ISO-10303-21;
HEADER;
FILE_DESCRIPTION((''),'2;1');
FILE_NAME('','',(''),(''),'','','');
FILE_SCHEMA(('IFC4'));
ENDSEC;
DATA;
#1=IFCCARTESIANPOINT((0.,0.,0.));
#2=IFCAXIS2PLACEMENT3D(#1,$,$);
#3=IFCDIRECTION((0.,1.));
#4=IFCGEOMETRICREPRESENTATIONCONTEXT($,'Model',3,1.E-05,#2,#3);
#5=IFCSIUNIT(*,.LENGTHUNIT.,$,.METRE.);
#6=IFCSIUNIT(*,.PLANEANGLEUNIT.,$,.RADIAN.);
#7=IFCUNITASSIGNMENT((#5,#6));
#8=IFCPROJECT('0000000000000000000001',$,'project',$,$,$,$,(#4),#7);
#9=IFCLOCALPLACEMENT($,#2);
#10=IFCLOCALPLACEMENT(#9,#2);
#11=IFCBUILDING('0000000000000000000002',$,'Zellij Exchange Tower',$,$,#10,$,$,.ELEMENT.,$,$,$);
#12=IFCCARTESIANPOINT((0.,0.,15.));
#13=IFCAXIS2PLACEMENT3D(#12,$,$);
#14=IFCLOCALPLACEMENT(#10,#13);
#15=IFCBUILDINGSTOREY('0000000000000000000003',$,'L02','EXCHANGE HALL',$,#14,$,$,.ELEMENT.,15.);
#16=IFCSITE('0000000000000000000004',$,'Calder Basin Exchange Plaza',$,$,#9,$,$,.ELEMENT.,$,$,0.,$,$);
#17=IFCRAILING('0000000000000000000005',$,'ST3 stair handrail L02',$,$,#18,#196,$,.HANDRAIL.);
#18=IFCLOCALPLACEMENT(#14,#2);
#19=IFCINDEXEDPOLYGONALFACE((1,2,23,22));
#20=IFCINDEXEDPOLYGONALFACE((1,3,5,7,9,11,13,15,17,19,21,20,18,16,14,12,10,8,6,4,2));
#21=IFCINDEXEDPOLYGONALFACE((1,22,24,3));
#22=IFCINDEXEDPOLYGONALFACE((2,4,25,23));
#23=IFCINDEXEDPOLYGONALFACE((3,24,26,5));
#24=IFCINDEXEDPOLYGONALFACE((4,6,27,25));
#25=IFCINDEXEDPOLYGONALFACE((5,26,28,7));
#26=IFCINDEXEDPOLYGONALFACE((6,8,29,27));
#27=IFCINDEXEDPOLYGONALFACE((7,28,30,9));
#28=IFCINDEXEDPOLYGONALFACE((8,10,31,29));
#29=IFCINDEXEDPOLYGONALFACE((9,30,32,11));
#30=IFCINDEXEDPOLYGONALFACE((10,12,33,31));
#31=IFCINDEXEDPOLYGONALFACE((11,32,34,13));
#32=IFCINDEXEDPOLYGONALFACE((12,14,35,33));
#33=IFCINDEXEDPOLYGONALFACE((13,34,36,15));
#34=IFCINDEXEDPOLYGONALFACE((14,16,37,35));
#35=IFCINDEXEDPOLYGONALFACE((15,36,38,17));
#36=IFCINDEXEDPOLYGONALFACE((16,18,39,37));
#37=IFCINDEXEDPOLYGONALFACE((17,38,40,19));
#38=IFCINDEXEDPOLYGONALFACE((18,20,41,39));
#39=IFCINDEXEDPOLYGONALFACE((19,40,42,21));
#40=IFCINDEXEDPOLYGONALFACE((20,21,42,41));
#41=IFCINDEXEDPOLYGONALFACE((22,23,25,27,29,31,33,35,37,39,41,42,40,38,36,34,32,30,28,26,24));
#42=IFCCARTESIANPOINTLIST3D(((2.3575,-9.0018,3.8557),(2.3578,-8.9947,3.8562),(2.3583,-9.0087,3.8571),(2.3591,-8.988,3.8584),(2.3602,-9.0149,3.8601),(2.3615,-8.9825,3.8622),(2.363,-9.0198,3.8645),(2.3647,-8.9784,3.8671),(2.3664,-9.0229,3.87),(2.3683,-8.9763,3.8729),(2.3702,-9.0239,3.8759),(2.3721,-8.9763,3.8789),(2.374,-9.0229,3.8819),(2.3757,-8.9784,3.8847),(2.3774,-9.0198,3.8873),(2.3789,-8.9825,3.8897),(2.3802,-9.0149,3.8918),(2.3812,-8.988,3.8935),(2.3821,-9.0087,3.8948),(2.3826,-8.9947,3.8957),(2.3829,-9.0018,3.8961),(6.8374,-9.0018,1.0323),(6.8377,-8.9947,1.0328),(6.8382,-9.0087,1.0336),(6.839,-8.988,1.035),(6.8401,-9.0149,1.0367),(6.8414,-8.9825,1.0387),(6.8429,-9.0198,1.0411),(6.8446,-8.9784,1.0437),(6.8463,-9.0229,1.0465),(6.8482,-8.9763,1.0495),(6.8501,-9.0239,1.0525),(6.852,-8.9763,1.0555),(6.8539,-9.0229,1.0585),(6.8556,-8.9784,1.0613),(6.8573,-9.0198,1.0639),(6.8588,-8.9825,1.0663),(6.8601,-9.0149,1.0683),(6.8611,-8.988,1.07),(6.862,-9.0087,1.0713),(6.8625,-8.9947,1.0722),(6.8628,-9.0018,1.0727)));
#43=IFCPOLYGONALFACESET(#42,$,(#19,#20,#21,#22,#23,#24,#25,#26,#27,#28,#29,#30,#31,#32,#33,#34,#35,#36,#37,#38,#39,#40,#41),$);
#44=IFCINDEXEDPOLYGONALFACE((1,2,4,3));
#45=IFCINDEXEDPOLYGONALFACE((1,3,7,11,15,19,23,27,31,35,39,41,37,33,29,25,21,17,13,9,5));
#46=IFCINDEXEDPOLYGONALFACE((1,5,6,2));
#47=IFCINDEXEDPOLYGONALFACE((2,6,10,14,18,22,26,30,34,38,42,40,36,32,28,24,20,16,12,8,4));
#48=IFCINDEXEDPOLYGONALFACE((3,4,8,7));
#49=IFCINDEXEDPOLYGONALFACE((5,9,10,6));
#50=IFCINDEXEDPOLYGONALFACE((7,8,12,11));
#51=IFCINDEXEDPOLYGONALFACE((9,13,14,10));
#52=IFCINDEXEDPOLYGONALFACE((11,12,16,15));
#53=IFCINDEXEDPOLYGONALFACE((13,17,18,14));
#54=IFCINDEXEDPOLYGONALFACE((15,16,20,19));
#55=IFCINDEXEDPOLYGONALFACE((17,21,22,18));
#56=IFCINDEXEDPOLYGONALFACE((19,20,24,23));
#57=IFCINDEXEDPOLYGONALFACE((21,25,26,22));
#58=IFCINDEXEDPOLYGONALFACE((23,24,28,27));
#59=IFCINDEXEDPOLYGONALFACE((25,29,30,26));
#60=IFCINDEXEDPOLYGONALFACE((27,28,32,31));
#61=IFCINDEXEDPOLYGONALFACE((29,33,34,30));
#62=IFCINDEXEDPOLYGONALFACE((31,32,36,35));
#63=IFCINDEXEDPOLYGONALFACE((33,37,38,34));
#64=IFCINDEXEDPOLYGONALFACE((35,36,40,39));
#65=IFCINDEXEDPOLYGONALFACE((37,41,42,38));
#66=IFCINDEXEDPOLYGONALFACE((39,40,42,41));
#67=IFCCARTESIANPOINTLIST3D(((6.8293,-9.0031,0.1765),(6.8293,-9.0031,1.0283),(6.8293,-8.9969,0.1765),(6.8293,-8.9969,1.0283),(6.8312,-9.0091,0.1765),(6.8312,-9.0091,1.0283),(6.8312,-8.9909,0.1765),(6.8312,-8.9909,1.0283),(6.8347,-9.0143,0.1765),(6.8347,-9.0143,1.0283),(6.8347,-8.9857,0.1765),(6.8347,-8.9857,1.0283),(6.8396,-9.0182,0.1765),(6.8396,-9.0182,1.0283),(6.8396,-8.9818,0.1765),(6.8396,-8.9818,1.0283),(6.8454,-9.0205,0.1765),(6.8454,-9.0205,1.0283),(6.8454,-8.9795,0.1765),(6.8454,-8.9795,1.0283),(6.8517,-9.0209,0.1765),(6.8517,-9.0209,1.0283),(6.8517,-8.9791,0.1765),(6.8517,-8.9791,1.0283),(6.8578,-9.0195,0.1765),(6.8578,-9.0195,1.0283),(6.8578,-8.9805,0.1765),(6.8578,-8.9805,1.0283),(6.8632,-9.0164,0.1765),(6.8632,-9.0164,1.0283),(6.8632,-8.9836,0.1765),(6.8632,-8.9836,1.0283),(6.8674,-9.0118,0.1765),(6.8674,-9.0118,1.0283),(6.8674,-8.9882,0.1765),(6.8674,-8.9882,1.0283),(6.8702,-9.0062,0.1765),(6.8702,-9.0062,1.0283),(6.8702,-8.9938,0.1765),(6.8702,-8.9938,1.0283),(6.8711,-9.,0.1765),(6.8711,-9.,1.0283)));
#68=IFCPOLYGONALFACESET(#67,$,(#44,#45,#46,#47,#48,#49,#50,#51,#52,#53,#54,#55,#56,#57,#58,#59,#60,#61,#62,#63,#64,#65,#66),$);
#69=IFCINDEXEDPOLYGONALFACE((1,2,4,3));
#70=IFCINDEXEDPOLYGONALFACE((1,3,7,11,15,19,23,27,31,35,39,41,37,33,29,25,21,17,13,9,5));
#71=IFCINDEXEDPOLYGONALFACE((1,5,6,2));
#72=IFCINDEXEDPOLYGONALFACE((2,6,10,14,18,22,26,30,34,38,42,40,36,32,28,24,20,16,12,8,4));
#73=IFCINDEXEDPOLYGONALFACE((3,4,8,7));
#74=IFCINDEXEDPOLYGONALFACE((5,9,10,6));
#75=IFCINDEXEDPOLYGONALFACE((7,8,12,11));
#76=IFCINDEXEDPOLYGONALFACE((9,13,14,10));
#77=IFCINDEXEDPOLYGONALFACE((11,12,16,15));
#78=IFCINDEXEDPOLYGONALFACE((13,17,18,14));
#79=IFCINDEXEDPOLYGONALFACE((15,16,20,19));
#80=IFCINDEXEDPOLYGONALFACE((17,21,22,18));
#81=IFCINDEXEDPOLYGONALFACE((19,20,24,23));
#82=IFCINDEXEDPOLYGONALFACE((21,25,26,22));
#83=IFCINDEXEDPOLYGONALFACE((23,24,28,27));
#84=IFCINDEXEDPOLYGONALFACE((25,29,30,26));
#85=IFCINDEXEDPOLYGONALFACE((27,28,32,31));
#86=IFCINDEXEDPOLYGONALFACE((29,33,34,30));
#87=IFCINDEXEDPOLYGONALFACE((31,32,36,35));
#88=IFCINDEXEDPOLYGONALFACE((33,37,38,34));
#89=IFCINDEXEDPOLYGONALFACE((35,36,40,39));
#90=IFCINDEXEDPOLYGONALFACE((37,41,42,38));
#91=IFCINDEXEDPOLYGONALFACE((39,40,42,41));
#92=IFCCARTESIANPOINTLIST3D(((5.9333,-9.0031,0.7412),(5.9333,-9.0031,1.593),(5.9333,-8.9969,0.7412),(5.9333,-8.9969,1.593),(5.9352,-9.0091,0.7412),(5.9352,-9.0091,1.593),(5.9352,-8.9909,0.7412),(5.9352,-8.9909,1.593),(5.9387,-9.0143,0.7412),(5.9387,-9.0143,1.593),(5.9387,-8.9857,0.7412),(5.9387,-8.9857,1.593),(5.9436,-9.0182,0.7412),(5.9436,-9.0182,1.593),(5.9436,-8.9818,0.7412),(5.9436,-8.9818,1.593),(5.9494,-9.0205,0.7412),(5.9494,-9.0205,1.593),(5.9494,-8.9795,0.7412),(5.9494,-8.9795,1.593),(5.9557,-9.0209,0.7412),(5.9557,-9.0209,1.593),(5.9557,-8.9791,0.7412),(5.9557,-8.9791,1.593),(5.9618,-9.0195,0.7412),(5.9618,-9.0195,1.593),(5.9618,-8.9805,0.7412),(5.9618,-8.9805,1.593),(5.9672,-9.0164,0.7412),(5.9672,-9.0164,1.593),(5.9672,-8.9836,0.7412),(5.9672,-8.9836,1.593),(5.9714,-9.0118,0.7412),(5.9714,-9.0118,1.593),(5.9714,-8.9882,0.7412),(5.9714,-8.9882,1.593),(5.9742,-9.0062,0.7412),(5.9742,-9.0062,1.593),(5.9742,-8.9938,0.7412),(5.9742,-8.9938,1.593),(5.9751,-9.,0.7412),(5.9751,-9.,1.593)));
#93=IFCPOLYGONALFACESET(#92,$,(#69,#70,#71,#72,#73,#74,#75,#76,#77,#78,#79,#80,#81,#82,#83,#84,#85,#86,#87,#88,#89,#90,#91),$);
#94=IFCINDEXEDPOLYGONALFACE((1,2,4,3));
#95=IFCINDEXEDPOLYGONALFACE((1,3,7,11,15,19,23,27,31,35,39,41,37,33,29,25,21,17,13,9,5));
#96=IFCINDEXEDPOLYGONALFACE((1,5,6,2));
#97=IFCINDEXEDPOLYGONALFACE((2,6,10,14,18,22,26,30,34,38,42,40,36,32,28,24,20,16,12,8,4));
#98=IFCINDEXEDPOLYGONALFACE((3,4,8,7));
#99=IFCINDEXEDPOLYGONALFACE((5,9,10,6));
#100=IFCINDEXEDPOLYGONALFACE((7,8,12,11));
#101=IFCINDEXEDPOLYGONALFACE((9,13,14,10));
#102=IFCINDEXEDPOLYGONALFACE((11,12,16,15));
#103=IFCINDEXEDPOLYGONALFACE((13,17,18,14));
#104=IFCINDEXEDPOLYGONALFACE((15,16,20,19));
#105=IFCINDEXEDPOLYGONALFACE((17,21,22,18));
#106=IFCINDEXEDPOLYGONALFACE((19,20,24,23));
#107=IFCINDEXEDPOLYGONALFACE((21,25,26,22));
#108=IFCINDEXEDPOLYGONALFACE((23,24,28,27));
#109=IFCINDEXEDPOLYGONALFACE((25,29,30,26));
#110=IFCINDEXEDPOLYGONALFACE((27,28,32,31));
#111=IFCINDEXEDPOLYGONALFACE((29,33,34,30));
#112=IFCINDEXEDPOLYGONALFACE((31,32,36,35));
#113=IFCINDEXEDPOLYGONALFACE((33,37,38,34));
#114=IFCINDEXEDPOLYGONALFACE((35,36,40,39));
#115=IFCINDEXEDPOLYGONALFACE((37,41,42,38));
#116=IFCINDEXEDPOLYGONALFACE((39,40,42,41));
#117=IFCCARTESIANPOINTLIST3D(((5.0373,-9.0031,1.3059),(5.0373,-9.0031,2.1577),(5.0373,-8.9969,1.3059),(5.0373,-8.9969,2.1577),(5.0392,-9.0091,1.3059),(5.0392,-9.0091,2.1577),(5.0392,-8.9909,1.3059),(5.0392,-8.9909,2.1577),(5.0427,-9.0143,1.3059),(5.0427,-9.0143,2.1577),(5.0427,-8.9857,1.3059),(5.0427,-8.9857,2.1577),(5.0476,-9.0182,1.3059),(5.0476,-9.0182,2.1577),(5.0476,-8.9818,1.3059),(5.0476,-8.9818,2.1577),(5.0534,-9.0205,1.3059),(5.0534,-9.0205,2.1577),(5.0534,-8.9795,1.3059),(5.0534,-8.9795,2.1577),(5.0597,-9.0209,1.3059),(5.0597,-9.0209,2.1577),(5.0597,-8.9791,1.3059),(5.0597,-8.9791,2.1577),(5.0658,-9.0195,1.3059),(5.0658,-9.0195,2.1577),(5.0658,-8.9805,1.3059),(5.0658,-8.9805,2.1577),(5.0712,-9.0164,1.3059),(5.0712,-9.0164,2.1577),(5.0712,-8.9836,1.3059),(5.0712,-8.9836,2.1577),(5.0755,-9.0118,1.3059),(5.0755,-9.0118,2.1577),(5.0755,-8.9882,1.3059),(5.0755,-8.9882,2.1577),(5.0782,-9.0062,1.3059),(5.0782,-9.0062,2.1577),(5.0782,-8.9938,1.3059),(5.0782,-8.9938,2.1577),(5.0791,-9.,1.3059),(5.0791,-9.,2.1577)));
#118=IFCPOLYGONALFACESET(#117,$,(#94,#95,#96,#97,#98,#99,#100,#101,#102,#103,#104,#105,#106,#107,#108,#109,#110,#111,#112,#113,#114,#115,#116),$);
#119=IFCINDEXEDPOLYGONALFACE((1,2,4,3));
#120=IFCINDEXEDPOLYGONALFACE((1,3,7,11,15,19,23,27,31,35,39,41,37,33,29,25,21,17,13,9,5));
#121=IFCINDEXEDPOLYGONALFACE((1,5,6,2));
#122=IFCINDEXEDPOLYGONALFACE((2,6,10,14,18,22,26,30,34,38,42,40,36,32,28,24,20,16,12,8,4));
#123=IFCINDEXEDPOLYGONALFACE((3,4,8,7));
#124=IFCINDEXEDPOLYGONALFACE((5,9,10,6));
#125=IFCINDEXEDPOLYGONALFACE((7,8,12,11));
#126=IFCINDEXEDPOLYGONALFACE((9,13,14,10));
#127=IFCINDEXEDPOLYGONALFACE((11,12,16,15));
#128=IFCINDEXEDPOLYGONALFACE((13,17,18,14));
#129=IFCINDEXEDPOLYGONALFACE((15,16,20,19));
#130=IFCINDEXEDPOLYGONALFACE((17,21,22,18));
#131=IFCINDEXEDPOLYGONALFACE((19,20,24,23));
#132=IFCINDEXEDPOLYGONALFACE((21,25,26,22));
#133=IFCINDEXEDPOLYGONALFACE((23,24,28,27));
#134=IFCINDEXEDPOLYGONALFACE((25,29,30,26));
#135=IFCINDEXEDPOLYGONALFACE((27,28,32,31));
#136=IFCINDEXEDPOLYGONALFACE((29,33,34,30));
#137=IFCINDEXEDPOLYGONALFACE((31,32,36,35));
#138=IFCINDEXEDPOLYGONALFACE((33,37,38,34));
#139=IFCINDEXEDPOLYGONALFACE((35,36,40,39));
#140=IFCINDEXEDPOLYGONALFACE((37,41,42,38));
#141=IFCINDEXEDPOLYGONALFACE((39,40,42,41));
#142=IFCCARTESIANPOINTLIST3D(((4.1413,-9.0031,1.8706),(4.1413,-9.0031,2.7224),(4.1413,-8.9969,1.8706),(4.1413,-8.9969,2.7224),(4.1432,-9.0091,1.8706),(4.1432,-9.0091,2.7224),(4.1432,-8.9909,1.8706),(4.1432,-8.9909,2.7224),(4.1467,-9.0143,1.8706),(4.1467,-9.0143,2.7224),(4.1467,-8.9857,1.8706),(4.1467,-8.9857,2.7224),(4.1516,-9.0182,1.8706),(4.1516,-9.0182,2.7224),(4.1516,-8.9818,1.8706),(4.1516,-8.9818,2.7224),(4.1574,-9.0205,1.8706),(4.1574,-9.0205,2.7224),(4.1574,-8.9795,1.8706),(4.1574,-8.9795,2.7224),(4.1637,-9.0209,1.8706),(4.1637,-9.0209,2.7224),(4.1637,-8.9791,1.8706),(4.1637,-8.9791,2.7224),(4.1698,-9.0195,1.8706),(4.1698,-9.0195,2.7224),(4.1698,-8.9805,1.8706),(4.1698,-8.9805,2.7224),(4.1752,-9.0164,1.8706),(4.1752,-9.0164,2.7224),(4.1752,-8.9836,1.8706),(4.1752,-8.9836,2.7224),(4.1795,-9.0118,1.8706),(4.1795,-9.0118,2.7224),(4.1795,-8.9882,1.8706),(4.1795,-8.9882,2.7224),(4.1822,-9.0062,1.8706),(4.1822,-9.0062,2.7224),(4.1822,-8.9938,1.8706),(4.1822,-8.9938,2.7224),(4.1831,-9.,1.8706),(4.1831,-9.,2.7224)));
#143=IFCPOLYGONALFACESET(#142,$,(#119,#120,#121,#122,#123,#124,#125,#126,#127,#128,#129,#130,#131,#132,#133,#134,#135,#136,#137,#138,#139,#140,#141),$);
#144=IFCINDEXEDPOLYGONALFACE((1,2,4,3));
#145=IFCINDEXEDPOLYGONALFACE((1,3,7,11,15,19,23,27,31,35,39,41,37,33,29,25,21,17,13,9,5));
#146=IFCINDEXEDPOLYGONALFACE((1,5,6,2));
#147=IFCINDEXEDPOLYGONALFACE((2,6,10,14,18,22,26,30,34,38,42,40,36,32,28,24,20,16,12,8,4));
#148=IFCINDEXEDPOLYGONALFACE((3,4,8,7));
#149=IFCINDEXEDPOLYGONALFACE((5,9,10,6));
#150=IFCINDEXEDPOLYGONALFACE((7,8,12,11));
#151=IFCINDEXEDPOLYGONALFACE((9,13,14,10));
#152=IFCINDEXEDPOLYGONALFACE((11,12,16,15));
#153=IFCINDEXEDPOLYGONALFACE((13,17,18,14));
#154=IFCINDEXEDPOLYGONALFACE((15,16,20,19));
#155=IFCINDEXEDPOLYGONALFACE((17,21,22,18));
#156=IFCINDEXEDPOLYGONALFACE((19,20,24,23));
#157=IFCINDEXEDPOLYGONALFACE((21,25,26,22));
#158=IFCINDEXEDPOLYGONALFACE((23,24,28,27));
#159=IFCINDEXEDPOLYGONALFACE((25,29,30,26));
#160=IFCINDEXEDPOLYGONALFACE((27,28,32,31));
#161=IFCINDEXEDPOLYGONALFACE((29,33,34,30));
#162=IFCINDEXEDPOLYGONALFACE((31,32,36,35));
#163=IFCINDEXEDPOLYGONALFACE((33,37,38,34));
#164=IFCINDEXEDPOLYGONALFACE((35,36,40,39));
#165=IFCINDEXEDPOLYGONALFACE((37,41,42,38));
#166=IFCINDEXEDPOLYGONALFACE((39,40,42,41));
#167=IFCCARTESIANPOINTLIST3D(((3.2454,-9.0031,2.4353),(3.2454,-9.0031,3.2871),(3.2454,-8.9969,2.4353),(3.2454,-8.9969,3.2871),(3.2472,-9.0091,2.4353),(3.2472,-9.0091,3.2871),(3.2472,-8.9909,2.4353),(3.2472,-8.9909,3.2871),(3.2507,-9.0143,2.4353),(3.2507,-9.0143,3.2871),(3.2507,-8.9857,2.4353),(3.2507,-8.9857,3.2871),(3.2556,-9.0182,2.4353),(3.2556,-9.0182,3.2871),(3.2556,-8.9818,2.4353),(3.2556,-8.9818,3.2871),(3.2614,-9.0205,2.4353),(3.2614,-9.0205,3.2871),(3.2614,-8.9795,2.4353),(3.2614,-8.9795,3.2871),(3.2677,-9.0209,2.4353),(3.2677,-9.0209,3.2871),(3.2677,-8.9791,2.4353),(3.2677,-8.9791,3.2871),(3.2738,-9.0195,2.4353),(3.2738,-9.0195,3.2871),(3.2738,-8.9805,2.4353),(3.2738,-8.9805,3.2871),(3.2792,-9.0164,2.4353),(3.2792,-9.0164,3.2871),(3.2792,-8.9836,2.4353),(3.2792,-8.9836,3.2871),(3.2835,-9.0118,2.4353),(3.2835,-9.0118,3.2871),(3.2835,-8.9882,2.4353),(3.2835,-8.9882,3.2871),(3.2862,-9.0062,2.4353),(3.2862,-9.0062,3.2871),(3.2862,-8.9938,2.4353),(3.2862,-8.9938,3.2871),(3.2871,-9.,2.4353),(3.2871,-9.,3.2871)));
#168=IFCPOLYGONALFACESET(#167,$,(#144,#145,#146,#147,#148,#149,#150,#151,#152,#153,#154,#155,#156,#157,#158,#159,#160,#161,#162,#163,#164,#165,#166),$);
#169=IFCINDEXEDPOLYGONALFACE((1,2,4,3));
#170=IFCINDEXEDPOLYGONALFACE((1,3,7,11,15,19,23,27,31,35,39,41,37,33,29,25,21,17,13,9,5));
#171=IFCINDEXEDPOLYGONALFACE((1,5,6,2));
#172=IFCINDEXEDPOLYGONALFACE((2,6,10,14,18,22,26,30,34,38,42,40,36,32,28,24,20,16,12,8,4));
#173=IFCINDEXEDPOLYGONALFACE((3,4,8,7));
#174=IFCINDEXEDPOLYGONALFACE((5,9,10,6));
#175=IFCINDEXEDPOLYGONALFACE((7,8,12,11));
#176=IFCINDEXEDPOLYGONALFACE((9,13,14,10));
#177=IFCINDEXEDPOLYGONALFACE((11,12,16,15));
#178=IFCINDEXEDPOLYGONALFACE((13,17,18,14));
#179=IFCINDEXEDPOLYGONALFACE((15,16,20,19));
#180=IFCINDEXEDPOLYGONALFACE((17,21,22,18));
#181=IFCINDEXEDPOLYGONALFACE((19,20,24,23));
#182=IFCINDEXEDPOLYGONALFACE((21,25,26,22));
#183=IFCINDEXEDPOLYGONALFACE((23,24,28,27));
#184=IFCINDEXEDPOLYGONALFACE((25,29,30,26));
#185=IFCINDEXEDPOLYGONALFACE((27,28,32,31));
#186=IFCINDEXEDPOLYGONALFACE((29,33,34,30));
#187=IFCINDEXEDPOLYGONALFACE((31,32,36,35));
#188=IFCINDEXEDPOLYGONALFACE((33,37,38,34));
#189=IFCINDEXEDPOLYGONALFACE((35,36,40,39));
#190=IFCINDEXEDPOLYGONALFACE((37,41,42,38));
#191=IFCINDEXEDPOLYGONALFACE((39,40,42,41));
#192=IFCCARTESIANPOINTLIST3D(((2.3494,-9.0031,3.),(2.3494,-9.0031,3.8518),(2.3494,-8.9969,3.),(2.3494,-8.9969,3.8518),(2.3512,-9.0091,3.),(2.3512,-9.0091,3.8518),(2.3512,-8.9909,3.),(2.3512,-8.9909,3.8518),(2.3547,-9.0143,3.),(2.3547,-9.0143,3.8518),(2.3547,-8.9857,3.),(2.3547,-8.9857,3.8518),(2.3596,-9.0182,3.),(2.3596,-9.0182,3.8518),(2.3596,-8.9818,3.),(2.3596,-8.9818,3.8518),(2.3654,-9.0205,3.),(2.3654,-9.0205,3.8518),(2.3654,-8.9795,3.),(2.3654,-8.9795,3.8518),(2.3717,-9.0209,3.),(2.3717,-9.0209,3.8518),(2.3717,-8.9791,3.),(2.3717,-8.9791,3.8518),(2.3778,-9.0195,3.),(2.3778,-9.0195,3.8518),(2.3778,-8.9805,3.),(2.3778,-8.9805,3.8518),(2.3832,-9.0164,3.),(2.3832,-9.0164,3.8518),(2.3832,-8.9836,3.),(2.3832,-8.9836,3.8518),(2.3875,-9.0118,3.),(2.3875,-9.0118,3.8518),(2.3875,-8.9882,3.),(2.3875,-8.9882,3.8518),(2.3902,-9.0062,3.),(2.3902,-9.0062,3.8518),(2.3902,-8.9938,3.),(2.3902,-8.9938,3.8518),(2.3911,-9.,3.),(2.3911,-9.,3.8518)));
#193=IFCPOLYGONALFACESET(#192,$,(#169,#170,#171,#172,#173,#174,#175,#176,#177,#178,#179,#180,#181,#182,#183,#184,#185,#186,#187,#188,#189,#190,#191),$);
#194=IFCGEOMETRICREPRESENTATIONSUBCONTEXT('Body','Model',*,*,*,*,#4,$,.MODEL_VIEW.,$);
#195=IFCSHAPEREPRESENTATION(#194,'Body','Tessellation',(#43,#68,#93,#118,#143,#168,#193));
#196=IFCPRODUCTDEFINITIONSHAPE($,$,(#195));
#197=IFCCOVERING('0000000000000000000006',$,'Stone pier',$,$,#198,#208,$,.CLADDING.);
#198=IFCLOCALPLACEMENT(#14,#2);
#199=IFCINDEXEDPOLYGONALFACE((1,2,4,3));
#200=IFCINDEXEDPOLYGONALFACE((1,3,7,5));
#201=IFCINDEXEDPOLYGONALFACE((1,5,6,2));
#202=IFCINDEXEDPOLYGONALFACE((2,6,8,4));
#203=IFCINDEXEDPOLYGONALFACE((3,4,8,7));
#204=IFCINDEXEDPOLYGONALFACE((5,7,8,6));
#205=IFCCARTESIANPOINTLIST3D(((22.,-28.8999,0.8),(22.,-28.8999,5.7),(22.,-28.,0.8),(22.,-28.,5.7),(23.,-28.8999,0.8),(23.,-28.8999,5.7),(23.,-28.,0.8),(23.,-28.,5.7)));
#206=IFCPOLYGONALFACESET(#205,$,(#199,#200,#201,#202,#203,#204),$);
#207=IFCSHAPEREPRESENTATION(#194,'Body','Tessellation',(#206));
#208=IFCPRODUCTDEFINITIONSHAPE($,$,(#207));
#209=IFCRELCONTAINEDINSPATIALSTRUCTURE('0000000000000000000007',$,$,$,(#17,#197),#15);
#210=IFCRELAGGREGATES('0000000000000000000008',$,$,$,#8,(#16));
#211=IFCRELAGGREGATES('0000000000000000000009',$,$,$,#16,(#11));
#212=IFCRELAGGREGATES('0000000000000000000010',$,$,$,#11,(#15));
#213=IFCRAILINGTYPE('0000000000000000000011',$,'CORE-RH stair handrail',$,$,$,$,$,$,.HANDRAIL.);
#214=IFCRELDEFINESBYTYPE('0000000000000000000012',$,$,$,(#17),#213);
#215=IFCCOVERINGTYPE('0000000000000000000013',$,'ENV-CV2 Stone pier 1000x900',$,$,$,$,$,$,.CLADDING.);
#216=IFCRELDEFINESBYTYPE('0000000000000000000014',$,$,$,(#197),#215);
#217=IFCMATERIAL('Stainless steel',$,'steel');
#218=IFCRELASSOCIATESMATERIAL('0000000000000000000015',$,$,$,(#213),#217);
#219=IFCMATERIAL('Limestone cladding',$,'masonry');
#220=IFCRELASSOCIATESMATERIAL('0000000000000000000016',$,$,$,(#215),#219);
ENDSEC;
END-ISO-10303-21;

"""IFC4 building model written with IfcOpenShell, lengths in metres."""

from ifc_helpers import new_model, si_unit, direction, frame, origin, origin_2d, place, context, subcontext, project, spatial, polyline, circle, outline, extrude, material, type_object, element, save


model = new_model("IFC4")

# Units and contexts
model_context = context("Model", 3, precision=1e-05, world=origin(), true_north=direction((0.0, 1.0)))
body_context = subcontext(model_context, "Body", "Model", "MODEL_VIEW")
ifc_project = project(units=[si_unit("LENGTHUNIT", "METRE"), si_unit("PLANEANGLEUNIT", "RADIAN")], contexts=[model_context])

# Site, building, storey
site_placement = place(None, origin())
site = spatial("IfcSite", under=ifc_project, at=site_placement, Name="Calder Basin Exchange Plaza", CompositionType="ELEMENT", RefElevation=0.0)
building_placement = place(site_placement, origin())
building = spatial("IfcBuilding", under=site, at=building_placement, Name="Zellij Exchange Tower", CompositionType="ELEMENT")
storey_placement = place(building_placement, frame((0.0, 0.0, 15.0)))
storey = spatial("IfcBuildingStorey", under=building, at=storey_placement, Name="L02", Description="EXCHANGE HALL", CompositionType="ELEMENT", Elevation=15.0)

# Railing
ifc_material_1 = material(Name="Stainless steel", Category="steel")
railing_type_1 = type_object("IfcRailingType", Name="CORE-RH stair handrail", PredefinedType="HANDRAIL", material=ifc_material_1)
railing_1_placement = place(storey_placement, frame((6.8501, -9.0, 0.1765)))
element("IfcRailing", 1, at=railing_1_placement, inside=storey, type_object=railing_type_1, Name="ST3 stair handrail L02", PredefinedType="HANDRAIL", context=body_context, shape_type="SweptSolid", body=[
    extrude(circle(Radius=0.0239, at=origin_2d()), frame((0.0, 0.0, 0.876), z_axis=(-0.845998, 0.0, 0.533186), x_axis=(0.0, -1.0, 0.0)), (0.0, 0.0, 1.0), 5.2954),
    extrude(circle(Radius=0.021, at=origin_2d()), origin(), (0.0, 0.0, 1.0), 0.8518),
    extrude(circle(Radius=0.021, at=origin_2d()), frame((-0.896, 0.0, 0.5647)), (0.0, 0.0, 1.0), 0.8518),
    extrude(circle(Radius=0.021, at=origin_2d()), frame((-1.792, 0.0, 1.1294)), (0.0, 0.0, 1.0), 0.8518),
    extrude(circle(Radius=0.021, at=origin_2d()), frame((-2.688, 0.0, 1.6941)), (0.0, 0.0, 1.0), 0.8518),
    extrude(circle(Radius=0.021, at=origin_2d()), frame((-3.584, 0.0, 2.2588)), (0.0, 0.0, 1.0), 0.8518),
    extrude(circle(Radius=0.021, at=origin_2d()), frame((-4.48, 0.0, 2.8235)), (0.0, 0.0, 1.0), 0.8518),
])

# Covering
ifc_material_2 = material(Name="Limestone cladding", Category="masonry")
covering_type = type_object("IfcCoveringType", Name="ENV-CV2 Stone pier 1000x900", PredefinedType="CLADDING", material=ifc_material_2)
covering_1_placement = place(storey_placement, frame((0.0, 0.0, 0.8)))
element("IfcCovering", 2, at=covering_1_placement, inside=storey, type_object=covering_type, Name="Stone pier", PredefinedType="CLADDING", context=body_context, shape_type="SweptSolid", body=[
    extrude(outline(polyline([(22.0, -28.0), (23.0, -28.0), (23.0, -28.8999), (22.0, -28.8999), (22.0, -28.0)])), origin(), (0.0, 0.0, 1.0), 4.8999),
])

save(model, "model.ifc")
